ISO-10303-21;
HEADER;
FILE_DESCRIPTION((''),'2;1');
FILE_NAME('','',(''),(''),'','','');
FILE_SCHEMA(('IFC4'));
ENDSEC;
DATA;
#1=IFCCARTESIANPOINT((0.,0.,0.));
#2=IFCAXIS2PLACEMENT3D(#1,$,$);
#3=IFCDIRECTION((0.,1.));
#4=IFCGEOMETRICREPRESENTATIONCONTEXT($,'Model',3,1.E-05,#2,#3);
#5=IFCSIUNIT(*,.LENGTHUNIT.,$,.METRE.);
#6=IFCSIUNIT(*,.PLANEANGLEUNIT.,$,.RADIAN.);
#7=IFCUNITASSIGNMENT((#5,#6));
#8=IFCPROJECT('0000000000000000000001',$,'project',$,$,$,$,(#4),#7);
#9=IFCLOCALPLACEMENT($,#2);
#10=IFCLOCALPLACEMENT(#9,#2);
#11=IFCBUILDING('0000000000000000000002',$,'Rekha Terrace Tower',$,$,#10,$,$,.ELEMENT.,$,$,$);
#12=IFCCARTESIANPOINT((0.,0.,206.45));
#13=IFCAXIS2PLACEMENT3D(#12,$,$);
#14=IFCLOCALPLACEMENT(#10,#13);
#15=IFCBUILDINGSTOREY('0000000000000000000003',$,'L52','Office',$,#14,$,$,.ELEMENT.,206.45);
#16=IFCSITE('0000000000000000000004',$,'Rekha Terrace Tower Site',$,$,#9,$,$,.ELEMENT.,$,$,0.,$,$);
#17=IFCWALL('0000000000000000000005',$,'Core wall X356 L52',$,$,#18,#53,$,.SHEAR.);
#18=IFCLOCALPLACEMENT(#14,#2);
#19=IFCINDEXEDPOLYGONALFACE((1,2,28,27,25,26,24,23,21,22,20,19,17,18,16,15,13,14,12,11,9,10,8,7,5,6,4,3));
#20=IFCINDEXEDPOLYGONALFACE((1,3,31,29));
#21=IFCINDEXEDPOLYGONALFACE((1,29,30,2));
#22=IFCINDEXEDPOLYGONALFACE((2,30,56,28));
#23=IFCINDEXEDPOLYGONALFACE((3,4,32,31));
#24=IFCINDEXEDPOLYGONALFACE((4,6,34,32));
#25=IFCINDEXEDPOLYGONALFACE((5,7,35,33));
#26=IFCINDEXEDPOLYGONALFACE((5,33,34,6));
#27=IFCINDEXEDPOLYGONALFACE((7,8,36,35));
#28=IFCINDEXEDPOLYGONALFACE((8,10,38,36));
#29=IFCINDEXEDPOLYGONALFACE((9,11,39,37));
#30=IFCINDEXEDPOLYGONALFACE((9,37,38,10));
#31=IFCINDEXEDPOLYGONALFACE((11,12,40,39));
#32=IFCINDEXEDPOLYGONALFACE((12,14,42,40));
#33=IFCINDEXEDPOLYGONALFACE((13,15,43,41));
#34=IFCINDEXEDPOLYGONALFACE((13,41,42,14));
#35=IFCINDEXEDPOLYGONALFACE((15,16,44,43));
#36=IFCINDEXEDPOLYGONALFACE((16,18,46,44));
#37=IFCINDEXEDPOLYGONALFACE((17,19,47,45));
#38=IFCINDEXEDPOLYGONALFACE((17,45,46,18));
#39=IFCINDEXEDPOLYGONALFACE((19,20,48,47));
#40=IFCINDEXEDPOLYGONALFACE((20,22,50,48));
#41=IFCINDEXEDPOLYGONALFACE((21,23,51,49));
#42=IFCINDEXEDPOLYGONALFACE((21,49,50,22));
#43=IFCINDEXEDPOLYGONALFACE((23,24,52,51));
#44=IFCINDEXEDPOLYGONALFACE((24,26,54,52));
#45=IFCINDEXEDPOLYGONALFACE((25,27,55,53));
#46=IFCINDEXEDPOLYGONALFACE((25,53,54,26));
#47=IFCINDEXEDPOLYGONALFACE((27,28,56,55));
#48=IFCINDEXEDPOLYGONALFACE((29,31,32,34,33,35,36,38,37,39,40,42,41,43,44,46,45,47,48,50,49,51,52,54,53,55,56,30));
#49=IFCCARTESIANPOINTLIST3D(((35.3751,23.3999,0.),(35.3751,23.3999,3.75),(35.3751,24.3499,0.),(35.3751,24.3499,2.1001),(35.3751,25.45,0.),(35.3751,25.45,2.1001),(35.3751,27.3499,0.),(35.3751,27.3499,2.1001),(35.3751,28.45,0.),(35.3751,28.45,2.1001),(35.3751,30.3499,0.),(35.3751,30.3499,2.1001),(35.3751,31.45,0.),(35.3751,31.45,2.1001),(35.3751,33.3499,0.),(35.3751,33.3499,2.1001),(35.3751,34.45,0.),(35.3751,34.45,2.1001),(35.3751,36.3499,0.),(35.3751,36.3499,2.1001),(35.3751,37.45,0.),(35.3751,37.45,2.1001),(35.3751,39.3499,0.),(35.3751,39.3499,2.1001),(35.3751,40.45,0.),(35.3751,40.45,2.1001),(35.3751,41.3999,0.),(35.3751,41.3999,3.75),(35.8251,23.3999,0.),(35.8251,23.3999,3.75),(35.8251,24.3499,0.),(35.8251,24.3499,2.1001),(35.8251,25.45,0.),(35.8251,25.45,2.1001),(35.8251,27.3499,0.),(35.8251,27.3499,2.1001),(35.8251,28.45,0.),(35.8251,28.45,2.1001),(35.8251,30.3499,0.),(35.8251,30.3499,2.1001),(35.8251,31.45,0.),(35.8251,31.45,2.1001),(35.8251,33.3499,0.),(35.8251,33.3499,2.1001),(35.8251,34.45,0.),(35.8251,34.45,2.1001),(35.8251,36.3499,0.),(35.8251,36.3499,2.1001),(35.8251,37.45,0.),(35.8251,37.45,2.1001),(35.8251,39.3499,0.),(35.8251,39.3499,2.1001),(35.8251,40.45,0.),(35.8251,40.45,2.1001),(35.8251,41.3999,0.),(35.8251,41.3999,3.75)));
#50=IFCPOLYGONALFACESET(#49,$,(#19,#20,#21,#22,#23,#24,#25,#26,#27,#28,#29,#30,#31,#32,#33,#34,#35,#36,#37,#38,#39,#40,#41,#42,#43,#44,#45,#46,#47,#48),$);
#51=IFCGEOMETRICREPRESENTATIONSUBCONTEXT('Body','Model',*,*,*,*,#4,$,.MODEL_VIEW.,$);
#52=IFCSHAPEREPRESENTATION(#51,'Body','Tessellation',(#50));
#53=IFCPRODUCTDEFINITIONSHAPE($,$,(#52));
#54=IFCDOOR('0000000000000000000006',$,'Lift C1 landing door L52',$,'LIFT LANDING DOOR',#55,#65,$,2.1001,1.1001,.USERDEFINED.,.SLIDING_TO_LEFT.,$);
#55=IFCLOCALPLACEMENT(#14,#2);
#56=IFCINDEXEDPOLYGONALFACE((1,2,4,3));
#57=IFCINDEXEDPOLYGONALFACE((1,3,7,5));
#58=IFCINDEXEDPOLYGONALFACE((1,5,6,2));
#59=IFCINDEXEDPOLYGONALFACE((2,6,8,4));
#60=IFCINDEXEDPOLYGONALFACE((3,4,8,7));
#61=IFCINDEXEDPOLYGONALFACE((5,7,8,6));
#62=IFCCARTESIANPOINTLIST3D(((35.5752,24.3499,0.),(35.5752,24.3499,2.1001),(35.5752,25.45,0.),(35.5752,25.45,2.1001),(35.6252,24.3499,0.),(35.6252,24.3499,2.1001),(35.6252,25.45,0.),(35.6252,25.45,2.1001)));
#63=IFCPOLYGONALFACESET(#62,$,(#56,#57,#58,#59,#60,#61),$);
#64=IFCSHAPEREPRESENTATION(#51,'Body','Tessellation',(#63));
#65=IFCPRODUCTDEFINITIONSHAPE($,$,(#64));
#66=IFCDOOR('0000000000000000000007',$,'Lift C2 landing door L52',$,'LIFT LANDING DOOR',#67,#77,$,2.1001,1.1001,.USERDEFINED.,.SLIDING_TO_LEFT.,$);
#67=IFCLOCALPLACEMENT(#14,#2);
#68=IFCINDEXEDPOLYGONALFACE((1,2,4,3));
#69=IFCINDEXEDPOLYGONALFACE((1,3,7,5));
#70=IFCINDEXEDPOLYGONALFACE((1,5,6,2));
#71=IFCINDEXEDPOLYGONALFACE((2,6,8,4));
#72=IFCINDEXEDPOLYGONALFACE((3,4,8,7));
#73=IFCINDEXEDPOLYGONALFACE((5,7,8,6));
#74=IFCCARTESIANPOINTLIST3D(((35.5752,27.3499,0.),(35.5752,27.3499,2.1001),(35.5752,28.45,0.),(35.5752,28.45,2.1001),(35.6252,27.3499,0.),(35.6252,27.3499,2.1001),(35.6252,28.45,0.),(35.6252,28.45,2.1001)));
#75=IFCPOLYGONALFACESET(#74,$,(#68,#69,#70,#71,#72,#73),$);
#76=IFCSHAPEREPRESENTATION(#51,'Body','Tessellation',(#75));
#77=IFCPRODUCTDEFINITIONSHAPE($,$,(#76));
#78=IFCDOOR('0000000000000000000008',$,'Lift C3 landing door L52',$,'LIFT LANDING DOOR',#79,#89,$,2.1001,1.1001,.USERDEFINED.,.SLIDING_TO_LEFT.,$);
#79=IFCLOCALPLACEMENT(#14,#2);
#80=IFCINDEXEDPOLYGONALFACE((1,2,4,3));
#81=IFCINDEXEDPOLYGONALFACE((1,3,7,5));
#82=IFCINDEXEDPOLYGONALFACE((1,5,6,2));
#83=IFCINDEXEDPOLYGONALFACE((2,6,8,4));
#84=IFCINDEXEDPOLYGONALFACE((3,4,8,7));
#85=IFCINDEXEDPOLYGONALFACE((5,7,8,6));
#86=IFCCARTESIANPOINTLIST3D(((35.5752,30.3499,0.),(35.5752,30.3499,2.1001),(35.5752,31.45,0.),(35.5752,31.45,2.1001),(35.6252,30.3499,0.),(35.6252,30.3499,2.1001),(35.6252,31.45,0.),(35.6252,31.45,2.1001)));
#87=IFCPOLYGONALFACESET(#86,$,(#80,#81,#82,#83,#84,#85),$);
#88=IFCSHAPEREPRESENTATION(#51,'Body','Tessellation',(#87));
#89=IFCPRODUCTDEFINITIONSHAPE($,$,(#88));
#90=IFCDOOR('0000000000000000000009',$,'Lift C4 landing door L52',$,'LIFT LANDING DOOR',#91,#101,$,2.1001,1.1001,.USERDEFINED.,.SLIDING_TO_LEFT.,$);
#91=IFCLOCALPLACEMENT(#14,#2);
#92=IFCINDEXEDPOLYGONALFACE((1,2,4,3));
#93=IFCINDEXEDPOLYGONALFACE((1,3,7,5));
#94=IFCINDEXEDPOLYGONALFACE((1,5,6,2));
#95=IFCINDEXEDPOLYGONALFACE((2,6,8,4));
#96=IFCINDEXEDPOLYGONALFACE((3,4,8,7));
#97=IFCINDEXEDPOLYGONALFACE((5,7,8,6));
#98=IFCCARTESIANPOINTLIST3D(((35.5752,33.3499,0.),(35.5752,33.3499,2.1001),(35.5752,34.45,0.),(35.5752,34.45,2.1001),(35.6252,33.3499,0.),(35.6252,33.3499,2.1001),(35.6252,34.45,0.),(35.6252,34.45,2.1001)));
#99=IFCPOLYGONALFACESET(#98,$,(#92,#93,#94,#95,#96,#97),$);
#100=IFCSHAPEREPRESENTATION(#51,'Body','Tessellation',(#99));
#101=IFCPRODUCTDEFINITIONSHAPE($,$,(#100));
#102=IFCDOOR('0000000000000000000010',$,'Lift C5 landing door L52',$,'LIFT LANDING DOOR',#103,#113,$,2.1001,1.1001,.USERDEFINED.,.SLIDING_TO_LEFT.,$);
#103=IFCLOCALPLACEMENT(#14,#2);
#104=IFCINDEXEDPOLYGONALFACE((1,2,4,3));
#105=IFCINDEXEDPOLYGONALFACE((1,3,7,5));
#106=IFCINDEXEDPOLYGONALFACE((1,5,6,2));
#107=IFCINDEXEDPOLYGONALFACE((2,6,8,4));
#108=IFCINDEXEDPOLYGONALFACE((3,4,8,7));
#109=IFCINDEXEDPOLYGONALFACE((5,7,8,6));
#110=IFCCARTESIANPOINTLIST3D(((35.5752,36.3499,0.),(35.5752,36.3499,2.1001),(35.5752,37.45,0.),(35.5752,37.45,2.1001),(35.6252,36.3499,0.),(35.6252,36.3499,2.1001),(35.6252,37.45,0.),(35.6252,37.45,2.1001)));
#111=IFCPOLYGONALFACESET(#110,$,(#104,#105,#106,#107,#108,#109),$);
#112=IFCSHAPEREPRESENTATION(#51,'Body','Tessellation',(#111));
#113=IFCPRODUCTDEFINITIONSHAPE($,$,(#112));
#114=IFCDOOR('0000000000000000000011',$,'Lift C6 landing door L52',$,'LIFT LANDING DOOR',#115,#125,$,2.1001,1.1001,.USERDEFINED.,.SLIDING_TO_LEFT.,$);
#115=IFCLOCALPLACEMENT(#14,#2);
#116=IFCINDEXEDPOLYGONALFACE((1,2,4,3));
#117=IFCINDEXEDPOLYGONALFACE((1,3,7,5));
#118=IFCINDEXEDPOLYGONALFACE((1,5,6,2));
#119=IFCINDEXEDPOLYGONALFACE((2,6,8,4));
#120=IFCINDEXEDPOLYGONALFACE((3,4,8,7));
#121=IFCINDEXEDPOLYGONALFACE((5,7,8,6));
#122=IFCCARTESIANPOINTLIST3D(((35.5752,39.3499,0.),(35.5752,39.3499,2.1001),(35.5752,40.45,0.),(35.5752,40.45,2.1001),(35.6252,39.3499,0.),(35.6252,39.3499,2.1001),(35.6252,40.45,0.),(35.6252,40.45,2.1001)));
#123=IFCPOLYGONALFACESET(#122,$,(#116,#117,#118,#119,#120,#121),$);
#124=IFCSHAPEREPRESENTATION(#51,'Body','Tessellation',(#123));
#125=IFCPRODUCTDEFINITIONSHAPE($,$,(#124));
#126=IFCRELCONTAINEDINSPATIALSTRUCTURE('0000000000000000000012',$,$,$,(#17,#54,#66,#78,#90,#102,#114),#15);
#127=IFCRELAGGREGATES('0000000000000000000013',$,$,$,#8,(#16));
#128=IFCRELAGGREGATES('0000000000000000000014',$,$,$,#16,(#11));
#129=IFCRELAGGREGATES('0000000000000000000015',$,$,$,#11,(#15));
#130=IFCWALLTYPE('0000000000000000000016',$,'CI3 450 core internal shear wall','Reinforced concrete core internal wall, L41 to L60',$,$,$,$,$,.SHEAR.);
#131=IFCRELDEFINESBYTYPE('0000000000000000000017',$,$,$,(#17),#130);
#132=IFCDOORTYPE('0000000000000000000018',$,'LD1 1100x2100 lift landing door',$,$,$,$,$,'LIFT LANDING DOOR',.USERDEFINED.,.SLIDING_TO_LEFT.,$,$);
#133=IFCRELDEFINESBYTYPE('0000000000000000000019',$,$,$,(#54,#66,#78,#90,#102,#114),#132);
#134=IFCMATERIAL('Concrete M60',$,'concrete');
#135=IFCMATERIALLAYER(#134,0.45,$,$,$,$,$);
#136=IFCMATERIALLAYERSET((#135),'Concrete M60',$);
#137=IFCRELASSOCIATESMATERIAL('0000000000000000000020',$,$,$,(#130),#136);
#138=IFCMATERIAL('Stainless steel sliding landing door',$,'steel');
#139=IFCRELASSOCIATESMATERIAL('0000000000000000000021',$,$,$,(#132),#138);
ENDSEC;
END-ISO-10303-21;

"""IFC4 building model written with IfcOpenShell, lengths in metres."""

from ifc_helpers import new_model, si_unit, direction, frame, frame_2d, origin, place, context, subcontext, project, spatial, rectangle, extrude, material, layer, layer_set, type_object, element, fill, save


model = new_model("IFC4")

# Units and contexts
model_context = context("Model", 3, precision=1e-05, world=origin(), true_north=direction((0.0, 1.0)))
body_context = subcontext(model_context, "Body", "Model", "MODEL_VIEW")
ifc_project = project(units=[si_unit("LENGTHUNIT", "METRE"), si_unit("PLANEANGLEUNIT", "RADIAN")], contexts=[model_context])

# Site, building, storey
site_placement = place(None, origin())
site = spatial("IfcSite", under=ifc_project, at=site_placement, Name="Rekha Terrace Tower Site", CompositionType="ELEMENT", RefElevation=0.0)
building_placement = place(site_placement, origin())
building = spatial("IfcBuilding", under=site, at=building_placement, Name="Rekha Terrace Tower", CompositionType="ELEMENT")
storey_placement = place(building_placement, frame((0.0, 0.0, 206.45)))
storey = spatial("IfcBuildingStorey", under=building, at=storey_placement, Name="L52", Description="Office", CompositionType="ELEMENT", Elevation=206.45)

# Shared definitions
ifc_material_1 = material(Name="Concrete M60", Category="concrete")
ifc_layer_1 = layer(ifc_material_1, 0.45)
ifc_layer_set_1 = layer_set([ifc_layer_1], Name="Concrete M60")
wall_type_1 = type_object("IfcWallType", Name="CI3 450 core internal shear wall", Description="Reinforced concrete core internal wall, L41 to L60", PredefinedType="SHEAR", material=ifc_layer_set_1)

# Wall, openings, doors
wall_1_placement = place(storey_placement, frame((35.6001, 23.3999, 0.0), z_axis=(0.0, 0.0, 1.0), x_axis=(0.0, 1.0, 0.0)))
wall_1 = element("IfcWall", 1, at=wall_1_placement, inside=storey, type_object=wall_type_1, Name="Core wall X356 L52", PredefinedType="SHEAR", context=body_context, shape_type="SweptSolid", body=[
    extrude(rectangle(XDim=18.0, YDim=0.45, at=frame_2d((9.0, 0.0))), origin(), (0.0, 0.0, 1.0), 3.75),
])
opening_1_placement = place(wall_1_placement, frame((0.95, 0.0, 0.0)))
opening_1 = element("IfcOpeningElement", 2, at=opening_1_placement, cuts=wall_1, PredefinedType="OPENING", context=body_context, shape_type="SweptSolid", body=[
    extrude(rectangle(XDim=1.1001, YDim=2.1001, at=frame_2d((0.55, 1.05))), frame((0.0, 0.2349, 0.0), z_axis=(0.0, -1.0, 0.0), x_axis=(1.0, 0.0, 0.0)), (0.0, 0.0, 1.0), 0.47),
])
opening_2_placement = place(wall_1_placement, frame((3.95, 0.0, 0.0)))
opening_2 = element("IfcOpeningElement", 3, at=opening_2_placement, cuts=wall_1, PredefinedType="OPENING", context=body_context, shape_type="SweptSolid", body=[
    extrude(rectangle(XDim=1.1001, YDim=2.1001, at=frame_2d((0.55, 1.05))), frame((0.0, 0.2349, 0.0), z_axis=(0.0, -1.0, 0.0), x_axis=(1.0, 0.0, 0.0)), (0.0, 0.0, 1.0), 0.47),
])
opening_3_placement = place(wall_1_placement, frame((6.95, 0.0, 0.0)))
opening_3 = element("IfcOpeningElement", 4, at=opening_3_placement, cuts=wall_1, PredefinedType="OPENING", context=body_context, shape_type="SweptSolid", body=[
    extrude(rectangle(XDim=1.1001, YDim=2.1001, at=frame_2d((0.55, 1.05))), frame((0.0, 0.2349, 0.0), z_axis=(0.0, -1.0, 0.0), x_axis=(1.0, 0.0, 0.0)), (0.0, 0.0, 1.0), 0.47),
])
opening_4_placement = place(wall_1_placement, frame((9.95, 0.0, 0.0)))
opening_4 = element("IfcOpeningElement", 5, at=opening_4_placement, cuts=wall_1, PredefinedType="OPENING", context=body_context, shape_type="SweptSolid", body=[
    extrude(rectangle(XDim=1.1001, YDim=2.1001, at=frame_2d((0.55, 1.05))), frame((0.0, 0.2349, 0.0), z_axis=(0.0, -1.0, 0.0), x_axis=(1.0, 0.0, 0.0)), (0.0, 0.0, 1.0), 0.47),
])
opening_5_placement = place(wall_1_placement, frame((12.95, 0.0, 0.0)))
opening_5 = element("IfcOpeningElement", 6, at=opening_5_placement, cuts=wall_1, PredefinedType="OPENING", context=body_context, shape_type="SweptSolid", body=[
    extrude(rectangle(XDim=1.1001, YDim=2.1001, at=frame_2d((0.55, 1.05))), frame((0.0, 0.2349, 0.0), z_axis=(0.0, -1.0, 0.0), x_axis=(1.0, 0.0, 0.0)), (0.0, 0.0, 1.0), 0.47),
])
opening_6_placement = place(wall_1_placement, frame((15.95, 0.0, 0.0)))
opening_6 = element("IfcOpeningElement", 7, at=opening_6_placement, cuts=wall_1, PredefinedType="OPENING", context=body_context, shape_type="SweptSolid", body=[
    extrude(rectangle(XDim=1.1001, YDim=2.1001, at=frame_2d((0.55, 1.05))), frame((0.0, 0.2349, 0.0), z_axis=(0.0, -1.0, 0.0), x_axis=(1.0, 0.0, 0.0)), (0.0, 0.0, 1.0), 0.47),
])
ifc_material_2 = material(Name="Stainless steel sliding landing door", Category="steel")
door_type_1 = type_object("IfcDoorType", Name="LD1 1100x2100 lift landing door", ElementType="LIFT LANDING DOOR", OperationType="SLIDING_TO_LEFT", PredefinedType="USERDEFINED", material=ifc_material_2)
door_1_placement = place(opening_1_placement, origin())
door_1 = element("IfcDoor", 8, at=door_1_placement, inside=storey, type_object=door_type_1, Name="Lift C1 landing door L52", ObjectType="LIFT LANDING DOOR", OperationType="SLIDING_TO_LEFT", OverallHeight=2.1001, OverallWidth=1.1001, PredefinedType="USERDEFINED", context=body_context, shape_type="SweptSolid", body=[
    extrude(rectangle(XDim=1.1001, YDim=2.1001, at=frame_2d((0.55, 1.05))), frame((0.0, 0.0249, 0.0), z_axis=(0.0, -1.0, 0.0), x_axis=(1.0, 0.0, 0.0)), (0.0, 0.0, 1.0), 0.05),
])
fill(opening_1, door_1)
door_2_placement = place(opening_2_placement, origin())
door_2 = element("IfcDoor", 9, at=door_2_placement, inside=storey, type_object=door_type_1, Name="Lift C2 landing door L52", ObjectType="LIFT LANDING DOOR", OperationType="SLIDING_TO_LEFT", OverallHeight=2.1001, OverallWidth=1.1001, PredefinedType="USERDEFINED", context=body_context, shape_type="SweptSolid", body=[
    extrude(rectangle(XDim=1.1001, YDim=2.1001, at=frame_2d((0.55, 1.05))), frame((0.0, 0.0249, 0.0), z_axis=(0.0, -1.0, 0.0), x_axis=(1.0, 0.0, 0.0)), (0.0, 0.0, 1.0), 0.05),
])
fill(opening_2, door_2)
door_3_placement = place(opening_3_placement, origin())
door_3 = element("IfcDoor", 10, at=door_3_placement, inside=storey, type_object=door_type_1, Name="Lift C3 landing door L52", ObjectType="LIFT LANDING DOOR", OperationType="SLIDING_TO_LEFT", OverallHeight=2.1001, OverallWidth=1.1001, PredefinedType="USERDEFINED", context=body_context, shape_type="SweptSolid", body=[
    extrude(rectangle(XDim=1.1001, YDim=2.1001, at=frame_2d((0.55, 1.05))), frame((0.0, 0.0249, 0.0), z_axis=(0.0, -1.0, 0.0), x_axis=(1.0, 0.0, 0.0)), (0.0, 0.0, 1.0), 0.05),
])
fill(opening_3, door_3)
door_4_placement = place(opening_4_placement, origin())
door_4 = element("IfcDoor", 11, at=door_4_placement, inside=storey, type_object=door_type_1, Name="Lift C4 landing door L52", ObjectType="LIFT LANDING DOOR", OperationType="SLIDING_TO_LEFT", OverallHeight=2.1001, OverallWidth=1.1001, PredefinedType="USERDEFINED", context=body_context, shape_type="SweptSolid", body=[
    extrude(rectangle(XDim=1.1001, YDim=2.1001, at=frame_2d((0.55, 1.05))), frame((0.0, 0.0249, 0.0), z_axis=(0.0, -1.0, 0.0), x_axis=(1.0, 0.0, 0.0)), (0.0, 0.0, 1.0), 0.05),
])
fill(opening_4, door_4)
door_5_placement = place(opening_5_placement, origin())
door_5 = element("IfcDoor", 12, at=door_5_placement, inside=storey, type_object=door_type_1, Name="Lift C5 landing door L52", ObjectType="LIFT LANDING DOOR", OperationType="SLIDING_TO_LEFT", OverallHeight=2.1001, OverallWidth=1.1001, PredefinedType="USERDEFINED", context=body_context, shape_type="SweptSolid", body=[
    extrude(rectangle(XDim=1.1001, YDim=2.1001, at=frame_2d((0.55, 1.05))), frame((0.0, 0.0249, 0.0), z_axis=(0.0, -1.0, 0.0), x_axis=(1.0, 0.0, 0.0)), (0.0, 0.0, 1.0), 0.05),
])
fill(opening_5, door_5)
door_6_placement = place(opening_6_placement, origin())
door_6 = element("IfcDoor", 13, at=door_6_placement, inside=storey, type_object=door_type_1, Name="Lift C6 landing door L52", ObjectType="LIFT LANDING DOOR", OperationType="SLIDING_TO_LEFT", OverallHeight=2.1001, OverallWidth=1.1001, PredefinedType="USERDEFINED", context=body_context, shape_type="SweptSolid", body=[
    extrude(rectangle(XDim=1.1001, YDim=2.1001, at=frame_2d((0.55, 1.05))), frame((0.0, 0.0249, 0.0), z_axis=(0.0, -1.0, 0.0), x_axis=(1.0, 0.0, 0.0)), (0.0, 0.0, 1.0), 0.05),
])
fill(opening_6, door_6)

save(model, "model.ifc")
